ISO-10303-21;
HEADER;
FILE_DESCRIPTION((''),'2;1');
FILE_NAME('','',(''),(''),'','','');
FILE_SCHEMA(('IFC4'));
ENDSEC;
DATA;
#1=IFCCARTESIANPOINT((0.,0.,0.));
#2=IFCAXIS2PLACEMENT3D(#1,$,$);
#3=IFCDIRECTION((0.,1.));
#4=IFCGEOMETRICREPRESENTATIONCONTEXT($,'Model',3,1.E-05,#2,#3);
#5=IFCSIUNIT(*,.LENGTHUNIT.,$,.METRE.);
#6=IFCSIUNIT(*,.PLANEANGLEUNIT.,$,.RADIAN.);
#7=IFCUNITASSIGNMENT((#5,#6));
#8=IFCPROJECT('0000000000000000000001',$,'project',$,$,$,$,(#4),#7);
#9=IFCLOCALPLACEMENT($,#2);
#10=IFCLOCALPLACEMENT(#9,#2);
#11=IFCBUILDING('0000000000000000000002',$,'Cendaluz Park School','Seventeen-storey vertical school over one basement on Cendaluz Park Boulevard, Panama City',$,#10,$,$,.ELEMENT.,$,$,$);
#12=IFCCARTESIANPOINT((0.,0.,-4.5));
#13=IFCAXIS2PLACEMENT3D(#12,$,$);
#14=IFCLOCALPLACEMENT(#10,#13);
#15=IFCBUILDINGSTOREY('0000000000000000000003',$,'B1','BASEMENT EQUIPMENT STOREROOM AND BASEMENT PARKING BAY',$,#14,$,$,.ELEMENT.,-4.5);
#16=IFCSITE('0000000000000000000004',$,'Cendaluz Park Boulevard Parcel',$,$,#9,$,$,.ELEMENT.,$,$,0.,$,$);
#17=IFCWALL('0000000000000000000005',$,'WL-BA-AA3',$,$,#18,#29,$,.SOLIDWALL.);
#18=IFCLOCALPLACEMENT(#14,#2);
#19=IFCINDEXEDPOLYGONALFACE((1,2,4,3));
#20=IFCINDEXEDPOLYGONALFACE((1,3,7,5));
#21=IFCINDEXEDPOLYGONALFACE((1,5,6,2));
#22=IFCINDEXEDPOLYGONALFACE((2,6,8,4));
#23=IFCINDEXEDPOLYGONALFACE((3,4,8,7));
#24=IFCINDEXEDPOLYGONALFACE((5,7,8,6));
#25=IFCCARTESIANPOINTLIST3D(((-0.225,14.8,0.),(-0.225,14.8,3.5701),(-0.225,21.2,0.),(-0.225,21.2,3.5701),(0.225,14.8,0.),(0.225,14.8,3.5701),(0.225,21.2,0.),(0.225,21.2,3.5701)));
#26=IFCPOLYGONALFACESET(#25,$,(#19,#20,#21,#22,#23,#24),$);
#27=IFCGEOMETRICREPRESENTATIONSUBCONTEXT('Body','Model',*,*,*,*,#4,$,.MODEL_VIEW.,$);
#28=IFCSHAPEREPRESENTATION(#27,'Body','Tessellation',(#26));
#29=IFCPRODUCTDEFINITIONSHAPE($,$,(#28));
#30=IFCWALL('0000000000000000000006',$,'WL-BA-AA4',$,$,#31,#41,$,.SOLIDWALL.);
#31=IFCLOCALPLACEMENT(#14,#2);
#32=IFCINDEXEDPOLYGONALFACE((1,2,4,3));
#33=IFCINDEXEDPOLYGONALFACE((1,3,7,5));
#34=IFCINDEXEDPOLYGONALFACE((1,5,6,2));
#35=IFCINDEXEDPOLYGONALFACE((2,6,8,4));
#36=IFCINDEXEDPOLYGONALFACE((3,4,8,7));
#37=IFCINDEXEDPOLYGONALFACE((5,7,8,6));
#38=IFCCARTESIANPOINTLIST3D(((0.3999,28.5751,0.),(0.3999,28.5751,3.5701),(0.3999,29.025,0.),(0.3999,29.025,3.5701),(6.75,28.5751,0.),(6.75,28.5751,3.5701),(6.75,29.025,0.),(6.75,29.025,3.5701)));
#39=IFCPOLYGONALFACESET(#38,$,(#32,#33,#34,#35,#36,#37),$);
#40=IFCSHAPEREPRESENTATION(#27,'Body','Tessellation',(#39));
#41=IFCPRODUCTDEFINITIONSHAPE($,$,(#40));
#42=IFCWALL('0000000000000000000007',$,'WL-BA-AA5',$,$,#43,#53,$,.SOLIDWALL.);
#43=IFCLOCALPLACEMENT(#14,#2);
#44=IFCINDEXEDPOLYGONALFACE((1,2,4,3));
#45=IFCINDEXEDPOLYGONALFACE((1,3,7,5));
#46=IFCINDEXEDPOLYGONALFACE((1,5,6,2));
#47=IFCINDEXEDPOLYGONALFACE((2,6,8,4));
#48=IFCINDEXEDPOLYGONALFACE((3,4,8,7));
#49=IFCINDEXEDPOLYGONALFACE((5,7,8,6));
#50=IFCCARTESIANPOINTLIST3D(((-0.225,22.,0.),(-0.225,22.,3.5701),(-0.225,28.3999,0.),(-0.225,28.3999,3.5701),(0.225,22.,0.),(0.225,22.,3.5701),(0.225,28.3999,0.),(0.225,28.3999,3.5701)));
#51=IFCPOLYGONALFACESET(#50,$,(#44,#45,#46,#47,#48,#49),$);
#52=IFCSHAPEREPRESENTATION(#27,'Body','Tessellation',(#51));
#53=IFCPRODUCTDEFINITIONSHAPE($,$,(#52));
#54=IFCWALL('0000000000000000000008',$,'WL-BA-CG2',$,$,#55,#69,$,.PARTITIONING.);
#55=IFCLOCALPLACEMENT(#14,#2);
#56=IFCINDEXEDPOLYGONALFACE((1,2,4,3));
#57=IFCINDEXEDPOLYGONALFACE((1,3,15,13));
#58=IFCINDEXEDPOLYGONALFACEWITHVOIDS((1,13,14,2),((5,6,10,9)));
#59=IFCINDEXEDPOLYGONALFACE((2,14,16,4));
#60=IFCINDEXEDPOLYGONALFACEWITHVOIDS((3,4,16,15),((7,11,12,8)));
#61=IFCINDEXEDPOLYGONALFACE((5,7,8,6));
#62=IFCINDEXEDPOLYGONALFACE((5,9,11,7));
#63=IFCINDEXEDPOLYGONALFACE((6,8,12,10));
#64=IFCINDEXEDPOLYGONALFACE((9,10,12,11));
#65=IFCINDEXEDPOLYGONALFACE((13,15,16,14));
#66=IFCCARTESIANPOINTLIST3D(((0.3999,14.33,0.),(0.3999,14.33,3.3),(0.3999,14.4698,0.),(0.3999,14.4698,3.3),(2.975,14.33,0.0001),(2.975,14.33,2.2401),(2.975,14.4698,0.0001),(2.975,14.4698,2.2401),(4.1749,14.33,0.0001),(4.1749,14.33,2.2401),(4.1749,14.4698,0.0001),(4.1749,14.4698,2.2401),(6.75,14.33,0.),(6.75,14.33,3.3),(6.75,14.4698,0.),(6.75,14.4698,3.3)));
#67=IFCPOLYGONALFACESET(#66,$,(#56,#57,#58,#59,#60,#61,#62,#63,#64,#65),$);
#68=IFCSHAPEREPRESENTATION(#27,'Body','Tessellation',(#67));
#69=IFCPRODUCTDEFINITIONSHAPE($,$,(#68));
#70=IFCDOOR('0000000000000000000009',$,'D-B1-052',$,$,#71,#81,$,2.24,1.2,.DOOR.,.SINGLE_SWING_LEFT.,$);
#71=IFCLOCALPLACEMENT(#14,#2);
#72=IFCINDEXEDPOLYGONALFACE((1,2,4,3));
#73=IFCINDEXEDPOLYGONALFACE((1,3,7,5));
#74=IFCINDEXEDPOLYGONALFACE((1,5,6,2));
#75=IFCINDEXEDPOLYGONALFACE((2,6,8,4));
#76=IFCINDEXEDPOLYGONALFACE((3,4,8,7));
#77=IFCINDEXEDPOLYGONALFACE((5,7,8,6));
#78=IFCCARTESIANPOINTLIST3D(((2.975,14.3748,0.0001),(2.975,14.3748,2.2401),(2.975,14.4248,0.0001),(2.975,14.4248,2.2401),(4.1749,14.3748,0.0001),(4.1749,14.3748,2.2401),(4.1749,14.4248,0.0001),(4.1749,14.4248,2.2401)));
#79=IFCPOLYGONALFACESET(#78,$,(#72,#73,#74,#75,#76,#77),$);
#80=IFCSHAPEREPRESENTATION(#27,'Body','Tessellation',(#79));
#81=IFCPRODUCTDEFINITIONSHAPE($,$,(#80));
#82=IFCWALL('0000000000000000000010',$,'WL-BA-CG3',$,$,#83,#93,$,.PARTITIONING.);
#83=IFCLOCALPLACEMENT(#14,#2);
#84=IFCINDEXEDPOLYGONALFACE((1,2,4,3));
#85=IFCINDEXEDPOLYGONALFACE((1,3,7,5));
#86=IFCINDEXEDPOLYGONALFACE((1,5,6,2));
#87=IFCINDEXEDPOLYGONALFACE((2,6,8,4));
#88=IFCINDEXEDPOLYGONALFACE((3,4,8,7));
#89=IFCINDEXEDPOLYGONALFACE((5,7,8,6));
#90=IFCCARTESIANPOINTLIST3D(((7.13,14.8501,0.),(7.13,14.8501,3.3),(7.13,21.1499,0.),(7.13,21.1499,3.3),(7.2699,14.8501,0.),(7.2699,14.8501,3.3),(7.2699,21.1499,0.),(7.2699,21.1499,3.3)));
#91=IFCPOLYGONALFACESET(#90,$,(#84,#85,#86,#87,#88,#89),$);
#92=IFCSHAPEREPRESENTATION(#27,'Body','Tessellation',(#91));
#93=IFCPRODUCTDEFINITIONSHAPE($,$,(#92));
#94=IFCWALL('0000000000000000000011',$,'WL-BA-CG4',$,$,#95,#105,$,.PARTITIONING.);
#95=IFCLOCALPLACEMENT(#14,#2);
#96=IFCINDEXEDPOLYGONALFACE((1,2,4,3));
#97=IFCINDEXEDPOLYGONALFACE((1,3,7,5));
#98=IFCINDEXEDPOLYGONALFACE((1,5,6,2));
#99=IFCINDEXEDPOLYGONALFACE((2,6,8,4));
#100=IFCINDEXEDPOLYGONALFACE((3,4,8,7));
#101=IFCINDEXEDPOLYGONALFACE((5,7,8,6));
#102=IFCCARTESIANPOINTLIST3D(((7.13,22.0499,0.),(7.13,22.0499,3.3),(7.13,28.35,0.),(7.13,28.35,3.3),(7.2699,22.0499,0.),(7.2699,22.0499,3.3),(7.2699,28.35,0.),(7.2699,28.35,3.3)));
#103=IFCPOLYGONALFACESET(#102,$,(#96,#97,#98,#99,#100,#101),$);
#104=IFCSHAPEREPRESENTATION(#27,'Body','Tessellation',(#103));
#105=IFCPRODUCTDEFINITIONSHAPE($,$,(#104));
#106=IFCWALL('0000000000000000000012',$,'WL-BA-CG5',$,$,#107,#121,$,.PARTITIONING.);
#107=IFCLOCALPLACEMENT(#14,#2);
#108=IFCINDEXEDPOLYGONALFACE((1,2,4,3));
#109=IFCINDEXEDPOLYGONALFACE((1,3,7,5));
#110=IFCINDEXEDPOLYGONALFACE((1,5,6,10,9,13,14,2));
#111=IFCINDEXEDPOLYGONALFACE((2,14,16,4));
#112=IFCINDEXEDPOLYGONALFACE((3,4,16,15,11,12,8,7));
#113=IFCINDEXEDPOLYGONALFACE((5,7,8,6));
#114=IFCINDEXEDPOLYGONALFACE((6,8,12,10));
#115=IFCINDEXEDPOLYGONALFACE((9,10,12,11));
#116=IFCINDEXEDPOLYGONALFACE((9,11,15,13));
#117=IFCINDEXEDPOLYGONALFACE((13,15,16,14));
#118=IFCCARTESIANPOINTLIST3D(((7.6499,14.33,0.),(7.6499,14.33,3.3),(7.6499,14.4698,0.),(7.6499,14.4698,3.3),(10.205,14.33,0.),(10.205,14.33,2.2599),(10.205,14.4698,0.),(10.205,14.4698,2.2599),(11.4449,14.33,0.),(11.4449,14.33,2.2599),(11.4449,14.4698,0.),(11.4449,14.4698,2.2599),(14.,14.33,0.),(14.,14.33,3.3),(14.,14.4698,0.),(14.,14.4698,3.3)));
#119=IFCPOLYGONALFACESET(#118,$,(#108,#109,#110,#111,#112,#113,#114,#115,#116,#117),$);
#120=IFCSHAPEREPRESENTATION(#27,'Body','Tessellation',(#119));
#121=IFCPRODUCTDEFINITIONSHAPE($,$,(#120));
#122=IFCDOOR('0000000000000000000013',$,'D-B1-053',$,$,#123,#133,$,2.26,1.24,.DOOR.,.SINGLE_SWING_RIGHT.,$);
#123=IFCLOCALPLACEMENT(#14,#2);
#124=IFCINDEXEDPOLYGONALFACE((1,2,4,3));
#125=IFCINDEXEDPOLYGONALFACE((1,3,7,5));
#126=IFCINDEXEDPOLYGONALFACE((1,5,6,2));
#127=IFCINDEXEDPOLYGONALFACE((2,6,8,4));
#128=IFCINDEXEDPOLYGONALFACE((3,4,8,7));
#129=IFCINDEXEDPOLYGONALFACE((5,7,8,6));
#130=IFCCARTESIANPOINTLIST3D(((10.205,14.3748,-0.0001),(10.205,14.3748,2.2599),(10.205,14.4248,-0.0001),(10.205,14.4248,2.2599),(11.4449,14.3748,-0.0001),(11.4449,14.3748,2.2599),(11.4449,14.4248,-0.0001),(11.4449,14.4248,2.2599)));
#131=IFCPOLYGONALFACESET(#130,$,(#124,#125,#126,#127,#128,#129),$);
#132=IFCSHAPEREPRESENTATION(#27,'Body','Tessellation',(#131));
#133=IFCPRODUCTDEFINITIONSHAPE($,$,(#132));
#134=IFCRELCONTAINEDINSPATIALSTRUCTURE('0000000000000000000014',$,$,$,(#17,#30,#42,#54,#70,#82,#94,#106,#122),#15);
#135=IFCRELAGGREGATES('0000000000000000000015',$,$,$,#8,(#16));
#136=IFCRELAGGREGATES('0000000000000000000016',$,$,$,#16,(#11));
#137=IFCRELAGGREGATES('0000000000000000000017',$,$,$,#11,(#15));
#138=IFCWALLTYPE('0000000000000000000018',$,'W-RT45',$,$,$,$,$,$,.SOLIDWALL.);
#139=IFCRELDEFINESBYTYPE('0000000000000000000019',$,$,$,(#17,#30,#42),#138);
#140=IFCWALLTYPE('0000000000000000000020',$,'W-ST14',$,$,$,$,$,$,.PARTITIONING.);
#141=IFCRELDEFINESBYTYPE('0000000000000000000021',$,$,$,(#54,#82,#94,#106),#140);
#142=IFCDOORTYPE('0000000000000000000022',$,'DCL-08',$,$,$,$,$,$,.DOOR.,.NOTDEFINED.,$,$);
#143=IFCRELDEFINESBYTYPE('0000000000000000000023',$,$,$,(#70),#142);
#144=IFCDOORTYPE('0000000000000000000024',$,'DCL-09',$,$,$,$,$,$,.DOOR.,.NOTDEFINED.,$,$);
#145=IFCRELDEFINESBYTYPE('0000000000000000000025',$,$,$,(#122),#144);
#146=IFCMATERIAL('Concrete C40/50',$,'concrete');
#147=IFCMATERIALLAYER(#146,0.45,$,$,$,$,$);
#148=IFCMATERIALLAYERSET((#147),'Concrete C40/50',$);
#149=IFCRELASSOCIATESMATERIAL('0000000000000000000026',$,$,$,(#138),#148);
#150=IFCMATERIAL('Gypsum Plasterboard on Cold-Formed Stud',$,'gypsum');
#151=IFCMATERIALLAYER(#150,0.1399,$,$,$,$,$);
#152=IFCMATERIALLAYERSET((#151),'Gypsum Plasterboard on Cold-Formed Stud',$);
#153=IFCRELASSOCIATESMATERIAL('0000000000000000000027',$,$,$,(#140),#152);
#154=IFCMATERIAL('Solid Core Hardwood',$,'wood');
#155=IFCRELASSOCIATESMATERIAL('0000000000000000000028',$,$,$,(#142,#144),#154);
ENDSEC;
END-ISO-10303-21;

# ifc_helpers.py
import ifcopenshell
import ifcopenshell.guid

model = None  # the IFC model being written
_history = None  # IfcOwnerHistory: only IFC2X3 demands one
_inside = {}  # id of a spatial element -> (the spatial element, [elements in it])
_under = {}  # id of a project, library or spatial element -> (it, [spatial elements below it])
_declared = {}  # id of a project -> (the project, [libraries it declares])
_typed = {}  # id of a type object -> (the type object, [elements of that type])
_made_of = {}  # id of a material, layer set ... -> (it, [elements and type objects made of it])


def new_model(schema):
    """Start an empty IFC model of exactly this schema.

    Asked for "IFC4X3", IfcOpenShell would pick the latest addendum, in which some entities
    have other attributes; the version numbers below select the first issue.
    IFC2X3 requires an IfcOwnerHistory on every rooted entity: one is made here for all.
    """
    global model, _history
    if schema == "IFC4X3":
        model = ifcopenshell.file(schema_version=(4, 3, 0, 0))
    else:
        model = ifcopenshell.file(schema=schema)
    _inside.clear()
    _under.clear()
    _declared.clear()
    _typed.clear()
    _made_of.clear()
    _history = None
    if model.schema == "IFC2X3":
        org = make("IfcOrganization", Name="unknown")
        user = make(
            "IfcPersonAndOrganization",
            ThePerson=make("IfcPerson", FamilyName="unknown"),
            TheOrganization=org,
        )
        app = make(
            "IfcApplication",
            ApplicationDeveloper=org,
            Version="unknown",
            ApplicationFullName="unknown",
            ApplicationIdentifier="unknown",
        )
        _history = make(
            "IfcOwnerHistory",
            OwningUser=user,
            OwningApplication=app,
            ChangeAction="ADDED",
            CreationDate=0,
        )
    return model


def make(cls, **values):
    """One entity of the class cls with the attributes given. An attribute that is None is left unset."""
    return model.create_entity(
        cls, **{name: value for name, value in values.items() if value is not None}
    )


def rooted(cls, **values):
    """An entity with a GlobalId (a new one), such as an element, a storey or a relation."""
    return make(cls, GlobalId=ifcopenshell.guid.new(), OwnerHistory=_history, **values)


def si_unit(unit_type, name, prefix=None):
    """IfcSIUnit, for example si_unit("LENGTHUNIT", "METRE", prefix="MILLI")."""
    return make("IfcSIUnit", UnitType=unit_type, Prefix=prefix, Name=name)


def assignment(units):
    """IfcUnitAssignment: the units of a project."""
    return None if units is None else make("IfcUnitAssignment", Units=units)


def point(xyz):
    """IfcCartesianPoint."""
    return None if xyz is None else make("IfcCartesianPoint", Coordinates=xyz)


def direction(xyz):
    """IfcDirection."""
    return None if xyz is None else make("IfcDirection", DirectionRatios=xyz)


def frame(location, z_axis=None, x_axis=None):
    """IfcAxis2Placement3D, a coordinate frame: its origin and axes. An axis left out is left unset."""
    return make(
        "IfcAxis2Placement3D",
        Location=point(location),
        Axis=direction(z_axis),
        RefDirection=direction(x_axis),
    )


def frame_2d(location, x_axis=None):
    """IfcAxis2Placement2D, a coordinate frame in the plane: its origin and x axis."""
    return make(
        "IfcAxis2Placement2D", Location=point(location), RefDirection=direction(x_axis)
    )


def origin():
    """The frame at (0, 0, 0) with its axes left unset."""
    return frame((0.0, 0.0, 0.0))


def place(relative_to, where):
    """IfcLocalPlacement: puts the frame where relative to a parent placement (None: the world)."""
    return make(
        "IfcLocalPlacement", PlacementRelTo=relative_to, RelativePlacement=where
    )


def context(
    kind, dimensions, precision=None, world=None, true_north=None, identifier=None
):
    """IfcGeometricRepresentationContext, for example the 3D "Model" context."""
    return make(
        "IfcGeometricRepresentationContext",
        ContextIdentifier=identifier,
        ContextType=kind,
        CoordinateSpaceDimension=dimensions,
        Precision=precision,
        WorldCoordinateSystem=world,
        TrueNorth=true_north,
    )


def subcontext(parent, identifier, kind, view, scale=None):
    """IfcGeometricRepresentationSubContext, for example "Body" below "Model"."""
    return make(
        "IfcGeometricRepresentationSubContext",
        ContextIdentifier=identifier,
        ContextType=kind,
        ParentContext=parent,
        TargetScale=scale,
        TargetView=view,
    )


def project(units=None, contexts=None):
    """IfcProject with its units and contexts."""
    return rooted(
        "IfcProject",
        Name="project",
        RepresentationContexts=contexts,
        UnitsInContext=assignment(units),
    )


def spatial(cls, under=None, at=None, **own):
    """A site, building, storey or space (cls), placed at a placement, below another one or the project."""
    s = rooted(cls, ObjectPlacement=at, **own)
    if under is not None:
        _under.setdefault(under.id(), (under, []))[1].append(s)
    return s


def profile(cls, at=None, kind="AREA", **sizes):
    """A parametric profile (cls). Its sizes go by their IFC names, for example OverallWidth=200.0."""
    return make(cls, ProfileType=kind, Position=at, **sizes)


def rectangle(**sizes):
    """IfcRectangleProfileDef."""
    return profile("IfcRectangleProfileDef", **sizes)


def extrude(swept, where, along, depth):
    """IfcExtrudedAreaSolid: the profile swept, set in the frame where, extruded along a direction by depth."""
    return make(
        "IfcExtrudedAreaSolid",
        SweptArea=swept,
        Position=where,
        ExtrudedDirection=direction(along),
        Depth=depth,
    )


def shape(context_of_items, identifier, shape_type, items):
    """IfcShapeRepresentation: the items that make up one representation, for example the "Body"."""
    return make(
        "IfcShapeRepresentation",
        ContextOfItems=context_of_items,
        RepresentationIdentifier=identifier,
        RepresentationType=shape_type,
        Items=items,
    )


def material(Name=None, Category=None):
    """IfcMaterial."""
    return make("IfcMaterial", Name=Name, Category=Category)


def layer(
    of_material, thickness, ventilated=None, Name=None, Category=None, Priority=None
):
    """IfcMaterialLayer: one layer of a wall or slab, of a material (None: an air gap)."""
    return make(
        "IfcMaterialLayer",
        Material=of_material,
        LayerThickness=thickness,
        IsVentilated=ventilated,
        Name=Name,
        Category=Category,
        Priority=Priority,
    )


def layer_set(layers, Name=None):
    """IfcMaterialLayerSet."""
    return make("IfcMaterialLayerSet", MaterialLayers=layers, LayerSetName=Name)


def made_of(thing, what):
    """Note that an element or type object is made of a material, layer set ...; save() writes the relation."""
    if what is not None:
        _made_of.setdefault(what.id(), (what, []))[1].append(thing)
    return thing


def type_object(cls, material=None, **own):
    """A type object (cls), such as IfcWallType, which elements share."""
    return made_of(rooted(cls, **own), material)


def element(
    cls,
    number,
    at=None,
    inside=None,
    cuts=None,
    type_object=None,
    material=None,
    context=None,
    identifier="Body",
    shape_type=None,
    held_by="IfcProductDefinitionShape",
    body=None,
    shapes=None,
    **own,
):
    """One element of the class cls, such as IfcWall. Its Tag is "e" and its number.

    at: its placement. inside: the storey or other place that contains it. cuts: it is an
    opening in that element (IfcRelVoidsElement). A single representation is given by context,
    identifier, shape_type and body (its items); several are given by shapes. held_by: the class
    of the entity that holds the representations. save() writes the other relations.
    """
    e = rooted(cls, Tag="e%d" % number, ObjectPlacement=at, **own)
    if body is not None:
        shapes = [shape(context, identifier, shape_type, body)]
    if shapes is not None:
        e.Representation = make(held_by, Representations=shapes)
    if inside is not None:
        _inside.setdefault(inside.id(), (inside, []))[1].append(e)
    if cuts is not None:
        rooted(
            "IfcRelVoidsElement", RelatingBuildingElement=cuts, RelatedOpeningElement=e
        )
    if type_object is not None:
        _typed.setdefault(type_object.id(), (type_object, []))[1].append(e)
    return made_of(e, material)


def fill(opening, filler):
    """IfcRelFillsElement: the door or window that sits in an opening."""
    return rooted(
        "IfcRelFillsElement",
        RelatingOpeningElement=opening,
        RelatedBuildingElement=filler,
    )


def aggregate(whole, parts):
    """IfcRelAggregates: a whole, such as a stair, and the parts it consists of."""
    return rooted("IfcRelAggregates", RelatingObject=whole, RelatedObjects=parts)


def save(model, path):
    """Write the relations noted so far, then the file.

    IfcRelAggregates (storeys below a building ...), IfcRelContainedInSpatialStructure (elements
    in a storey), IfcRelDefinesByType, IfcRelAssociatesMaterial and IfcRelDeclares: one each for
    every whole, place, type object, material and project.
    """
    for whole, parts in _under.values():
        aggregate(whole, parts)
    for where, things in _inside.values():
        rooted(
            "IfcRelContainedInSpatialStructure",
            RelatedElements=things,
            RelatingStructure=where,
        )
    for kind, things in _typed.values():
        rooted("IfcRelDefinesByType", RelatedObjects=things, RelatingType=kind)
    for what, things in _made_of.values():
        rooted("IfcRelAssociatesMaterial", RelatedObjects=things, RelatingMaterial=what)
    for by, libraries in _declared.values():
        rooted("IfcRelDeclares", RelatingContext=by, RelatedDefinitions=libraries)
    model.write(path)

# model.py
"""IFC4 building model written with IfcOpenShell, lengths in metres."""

from ifc_helpers import new_model, si_unit, direction, frame, frame_2d, origin, place, context, subcontext, project, spatial, rectangle, extrude, material, layer, layer_set, type_object, element, fill, save


model = new_model("IFC4")

# Units and contexts
model_context = context("Model", 3, precision=1e-05, world=origin(), true_north=direction((0.0, 1.0)))
body_context = subcontext(model_context, "Body", "Model", "MODEL_VIEW")
ifc_project = project(units=[si_unit("LENGTHUNIT", "METRE"), si_unit("PLANEANGLEUNIT", "RADIAN")], contexts=[model_context])

# Site, building, storey
site_placement = place(None, origin())
site = spatial("IfcSite", under=ifc_project, at=site_placement, Name="Cendaluz Park Boulevard Parcel", CompositionType="ELEMENT", RefElevation=0.0)
building_placement = place(site_placement, origin())
building = spatial("IfcBuilding", under=site, at=building_placement, Name="Cendaluz Park School", Description="Seventeen-storey vertical school over one basement on Cendaluz Park Boulevard, Panama City", CompositionType="ELEMENT")
storey_placement = place(building_placement, frame((0.0, 0.0, -4.5)))
storey = spatial("IfcBuildingStorey", under=building, at=storey_placement, Name="B1", Description="BASEMENT EQUIPMENT STOREROOM AND BASEMENT PARKING BAY", CompositionType="ELEMENT", Elevation=-4.5)

# Shared definitions
ifc_material_1 = material(Name="Concrete C40/50", Category="concrete")

# Walls
ifc_layer_1 = layer(ifc_material_1, 0.45)
ifc_layer_set_1 = layer_set([ifc_layer_1], Name="Concrete C40/50")
wall_type_1 = type_object("IfcWallType", Name="W-RT45", PredefinedType="SOLIDWALL", material=ifc_layer_set_1)
wall_1_placement = place(storey_placement, frame((0.0, 14.8, 0.0), z_axis=(0.0, 0.0, 1.0), x_axis=(0.0, 1.0, 0.0)))
element("IfcWall", 1, at=wall_1_placement, inside=storey, type_object=wall_type_1, Name="WL-BA-AA3", PredefinedType="SOLIDWALL", context=body_context, shape_type="SweptSolid", body=[
    extrude(rectangle(XDim=6.3999, YDim=0.45, at=frame_2d((3.2, 0.0))), origin(), (0.0, 0.0, 1.0), 3.5701),
])
wall_2_placement = place(storey_placement, frame((0.3999, 28.8, 0.0), z_axis=(0.0, 0.0, 1.0), x_axis=(1.0, 0.0, 0.0)))
element("IfcWall", 2, at=wall_2_placement, inside=storey, type_object=wall_type_1, Name="WL-BA-AA4", PredefinedType="SOLIDWALL", context=body_context, shape_type="SweptSolid", body=[
    extrude(rectangle(XDim=6.3501, YDim=0.45, at=frame_2d((3.175, 0.0))), origin(), (0.0, 0.0, 1.0), 3.5701),
])
wall_3_placement = place(storey_placement, frame((0.0, 22.0, 0.0), z_axis=(0.0, 0.0, 1.0), x_axis=(0.0, 1.0, 0.0)))
element("IfcWall", 3, at=wall_3_placement, inside=storey, type_object=wall_type_1, Name="WL-BA-AA5", PredefinedType="SOLIDWALL", context=body_context, shape_type="SweptSolid", body=[
    extrude(rectangle(XDim=6.3999, YDim=0.45, at=frame_2d((3.2, 0.0))), origin(), (0.0, 0.0, 1.0), 3.5701),
])

# Wall, opening, door
ifc_material_2 = material(Name="Gypsum Plasterboard on Cold-Formed Stud", Category="gypsum")
ifc_layer_2 = layer(ifc_material_2, 0.1399)
ifc_layer_set_2 = layer_set([ifc_layer_2], Name="Gypsum Plasterboard on Cold-Formed Stud")
wall_type_2 = type_object("IfcWallType", Name="W-ST14", PredefinedType="PARTITIONING", material=ifc_layer_set_2)
wall_4_placement = place(storey_placement, frame((0.3999, 14.3999, 0.0), z_axis=(0.0, 0.0, 1.0), x_axis=(1.0, 0.0, 0.0)))
wall_4 = element("IfcWall", 4, at=wall_4_placement, inside=storey, type_object=wall_type_2, Name="WL-BA-CG2", PredefinedType="PARTITIONING", context=body_context, shape_type="SweptSolid", body=[
    extrude(rectangle(XDim=6.3501, YDim=0.1399, at=frame_2d((3.175, 0.0))), origin(), (0.0, 0.0, 1.0), 3.3),
])
opening_1_placement = place(wall_4_placement, frame((2.575, 0.0, 0.0)))
opening_1 = element("IfcOpeningElement", 5, at=opening_1_placement, cuts=wall_4, PredefinedType="OPENING", context=body_context, shape_type="SweptSolid", body=[
    extrude(rectangle(XDim=1.2, YDim=2.24, at=frame_2d((0.6001, 1.1201))), frame((0.0, 0.082, 0.0), z_axis=(0.0, -1.0, 0.0), x_axis=(1.0, 0.0, 0.0)), (0.0, 0.0, 1.0), 0.1638),
])
ifc_material_3 = material(Name="Solid Core Hardwood", Category="wood")
door_type_1 = type_object("IfcDoorType", Name="DCL-08", OperationType="NOTDEFINED", PredefinedType="DOOR", material=ifc_material_3)
door_1_placement = place(opening_1_placement, origin())
door_1 = element("IfcDoor", 6, at=door_1_placement, inside=storey, type_object=door_type_1, Name="D-B1-052", OperationType="SINGLE_SWING_LEFT", OverallHeight=2.24, OverallWidth=1.2, PredefinedType="DOOR", context=body_context, shape_type="SweptSolid", body=[
    extrude(rectangle(XDim=1.2, YDim=2.24, at=frame_2d((0.6001, 1.1201))), frame((0.0, 0.0249, 0.0), z_axis=(0.0, -1.0, 0.0), x_axis=(1.0, 0.0, 0.0)), (0.0, 0.0, 1.0), 0.05),
])
fill(opening_1, door_1)

# Walls
wall_5_placement = place(storey_placement, frame((7.2, 14.8501, 0.0), z_axis=(0.0, 0.0, 1.0), x_axis=(0.0, 1.0, 0.0)))
element("IfcWall", 7, at=wall_5_placement, inside=storey, type_object=wall_type_2, Name="WL-BA-CG3", PredefinedType="PARTITIONING", context=body_context, shape_type="SweptSolid", body=[
    extrude(rectangle(XDim=6.2998, YDim=0.1399, at=frame_2d((3.1499, 0.0))), origin(), (0.0, 0.0, 1.0), 3.3),
])
wall_6_placement = place(storey_placement, frame((7.2, 22.05, 0.0), z_axis=(0.0, 0.0, 1.0), x_axis=(0.0, 1.0, 0.0)))
element("IfcWall", 8, at=wall_6_placement, inside=storey, type_object=wall_type_2, Name="WL-BA-CG4", PredefinedType="PARTITIONING", context=body_context, shape_type="SweptSolid", body=[
    extrude(rectangle(XDim=6.3, YDim=0.1399, at=frame_2d((3.1499, 0.0))), origin(), (0.0, 0.0, 1.0), 3.3),
])

# Wall, opening, door
wall_7_placement = place(storey_placement, frame((7.6499, 14.3999, 0.0), z_axis=(0.0, 0.0, 1.0), x_axis=(1.0, 0.0, 0.0)))
wall_7 = element("IfcWall", 9, at=wall_7_placement, inside=storey, type_object=wall_type_2, Name="WL-BA-CG5", PredefinedType="PARTITIONING", context=body_context, shape_type="SweptSolid", body=[
    extrude(rectangle(XDim=6.3501, YDim=0.1399, at=frame_2d((3.175, 0.0))), origin(), (0.0, 0.0, 1.0), 3.3),
])
opening_2_placement = place(wall_7_placement, frame((2.5549, 0.0, 0.0)))
opening_2 = element("IfcOpeningElement", 10, at=opening_2_placement, cuts=wall_7, PredefinedType="OPENING", context=body_context, shape_type="SweptSolid", body=[
    extrude(rectangle(XDim=1.24, YDim=2.26, at=frame_2d((0.6201, 1.1299))), frame((0.0, 0.082, 0.0), z_axis=(0.0, -1.0, 0.0), x_axis=(1.0, 0.0, 0.0)), (0.0, 0.0, 1.0), 0.1638),
])
door_type_2 = type_object("IfcDoorType", Name="DCL-09", OperationType="NOTDEFINED", PredefinedType="DOOR", material=ifc_material_3)
door_2_placement = place(opening_2_placement, origin())
door_2 = element("IfcDoor", 11, at=door_2_placement, inside=storey, type_object=door_type_2, Name="D-B1-053", OperationType="SINGLE_SWING_RIGHT", OverallHeight=2.26, OverallWidth=1.24, PredefinedType="DOOR", context=body_context, shape_type="SweptSolid", body=[
    extrude(rectangle(XDim=1.24, YDim=2.26, at=frame_2d((0.6201, 1.1299))), frame((0.0, 0.0249, 0.0), z_axis=(0.0, -1.0, 0.0), x_axis=(1.0, 0.0, 0.0)), (0.0, 0.0, 1.0), 0.05),
])
fill(opening_2, door_2)

save(model, "model.ifc")
